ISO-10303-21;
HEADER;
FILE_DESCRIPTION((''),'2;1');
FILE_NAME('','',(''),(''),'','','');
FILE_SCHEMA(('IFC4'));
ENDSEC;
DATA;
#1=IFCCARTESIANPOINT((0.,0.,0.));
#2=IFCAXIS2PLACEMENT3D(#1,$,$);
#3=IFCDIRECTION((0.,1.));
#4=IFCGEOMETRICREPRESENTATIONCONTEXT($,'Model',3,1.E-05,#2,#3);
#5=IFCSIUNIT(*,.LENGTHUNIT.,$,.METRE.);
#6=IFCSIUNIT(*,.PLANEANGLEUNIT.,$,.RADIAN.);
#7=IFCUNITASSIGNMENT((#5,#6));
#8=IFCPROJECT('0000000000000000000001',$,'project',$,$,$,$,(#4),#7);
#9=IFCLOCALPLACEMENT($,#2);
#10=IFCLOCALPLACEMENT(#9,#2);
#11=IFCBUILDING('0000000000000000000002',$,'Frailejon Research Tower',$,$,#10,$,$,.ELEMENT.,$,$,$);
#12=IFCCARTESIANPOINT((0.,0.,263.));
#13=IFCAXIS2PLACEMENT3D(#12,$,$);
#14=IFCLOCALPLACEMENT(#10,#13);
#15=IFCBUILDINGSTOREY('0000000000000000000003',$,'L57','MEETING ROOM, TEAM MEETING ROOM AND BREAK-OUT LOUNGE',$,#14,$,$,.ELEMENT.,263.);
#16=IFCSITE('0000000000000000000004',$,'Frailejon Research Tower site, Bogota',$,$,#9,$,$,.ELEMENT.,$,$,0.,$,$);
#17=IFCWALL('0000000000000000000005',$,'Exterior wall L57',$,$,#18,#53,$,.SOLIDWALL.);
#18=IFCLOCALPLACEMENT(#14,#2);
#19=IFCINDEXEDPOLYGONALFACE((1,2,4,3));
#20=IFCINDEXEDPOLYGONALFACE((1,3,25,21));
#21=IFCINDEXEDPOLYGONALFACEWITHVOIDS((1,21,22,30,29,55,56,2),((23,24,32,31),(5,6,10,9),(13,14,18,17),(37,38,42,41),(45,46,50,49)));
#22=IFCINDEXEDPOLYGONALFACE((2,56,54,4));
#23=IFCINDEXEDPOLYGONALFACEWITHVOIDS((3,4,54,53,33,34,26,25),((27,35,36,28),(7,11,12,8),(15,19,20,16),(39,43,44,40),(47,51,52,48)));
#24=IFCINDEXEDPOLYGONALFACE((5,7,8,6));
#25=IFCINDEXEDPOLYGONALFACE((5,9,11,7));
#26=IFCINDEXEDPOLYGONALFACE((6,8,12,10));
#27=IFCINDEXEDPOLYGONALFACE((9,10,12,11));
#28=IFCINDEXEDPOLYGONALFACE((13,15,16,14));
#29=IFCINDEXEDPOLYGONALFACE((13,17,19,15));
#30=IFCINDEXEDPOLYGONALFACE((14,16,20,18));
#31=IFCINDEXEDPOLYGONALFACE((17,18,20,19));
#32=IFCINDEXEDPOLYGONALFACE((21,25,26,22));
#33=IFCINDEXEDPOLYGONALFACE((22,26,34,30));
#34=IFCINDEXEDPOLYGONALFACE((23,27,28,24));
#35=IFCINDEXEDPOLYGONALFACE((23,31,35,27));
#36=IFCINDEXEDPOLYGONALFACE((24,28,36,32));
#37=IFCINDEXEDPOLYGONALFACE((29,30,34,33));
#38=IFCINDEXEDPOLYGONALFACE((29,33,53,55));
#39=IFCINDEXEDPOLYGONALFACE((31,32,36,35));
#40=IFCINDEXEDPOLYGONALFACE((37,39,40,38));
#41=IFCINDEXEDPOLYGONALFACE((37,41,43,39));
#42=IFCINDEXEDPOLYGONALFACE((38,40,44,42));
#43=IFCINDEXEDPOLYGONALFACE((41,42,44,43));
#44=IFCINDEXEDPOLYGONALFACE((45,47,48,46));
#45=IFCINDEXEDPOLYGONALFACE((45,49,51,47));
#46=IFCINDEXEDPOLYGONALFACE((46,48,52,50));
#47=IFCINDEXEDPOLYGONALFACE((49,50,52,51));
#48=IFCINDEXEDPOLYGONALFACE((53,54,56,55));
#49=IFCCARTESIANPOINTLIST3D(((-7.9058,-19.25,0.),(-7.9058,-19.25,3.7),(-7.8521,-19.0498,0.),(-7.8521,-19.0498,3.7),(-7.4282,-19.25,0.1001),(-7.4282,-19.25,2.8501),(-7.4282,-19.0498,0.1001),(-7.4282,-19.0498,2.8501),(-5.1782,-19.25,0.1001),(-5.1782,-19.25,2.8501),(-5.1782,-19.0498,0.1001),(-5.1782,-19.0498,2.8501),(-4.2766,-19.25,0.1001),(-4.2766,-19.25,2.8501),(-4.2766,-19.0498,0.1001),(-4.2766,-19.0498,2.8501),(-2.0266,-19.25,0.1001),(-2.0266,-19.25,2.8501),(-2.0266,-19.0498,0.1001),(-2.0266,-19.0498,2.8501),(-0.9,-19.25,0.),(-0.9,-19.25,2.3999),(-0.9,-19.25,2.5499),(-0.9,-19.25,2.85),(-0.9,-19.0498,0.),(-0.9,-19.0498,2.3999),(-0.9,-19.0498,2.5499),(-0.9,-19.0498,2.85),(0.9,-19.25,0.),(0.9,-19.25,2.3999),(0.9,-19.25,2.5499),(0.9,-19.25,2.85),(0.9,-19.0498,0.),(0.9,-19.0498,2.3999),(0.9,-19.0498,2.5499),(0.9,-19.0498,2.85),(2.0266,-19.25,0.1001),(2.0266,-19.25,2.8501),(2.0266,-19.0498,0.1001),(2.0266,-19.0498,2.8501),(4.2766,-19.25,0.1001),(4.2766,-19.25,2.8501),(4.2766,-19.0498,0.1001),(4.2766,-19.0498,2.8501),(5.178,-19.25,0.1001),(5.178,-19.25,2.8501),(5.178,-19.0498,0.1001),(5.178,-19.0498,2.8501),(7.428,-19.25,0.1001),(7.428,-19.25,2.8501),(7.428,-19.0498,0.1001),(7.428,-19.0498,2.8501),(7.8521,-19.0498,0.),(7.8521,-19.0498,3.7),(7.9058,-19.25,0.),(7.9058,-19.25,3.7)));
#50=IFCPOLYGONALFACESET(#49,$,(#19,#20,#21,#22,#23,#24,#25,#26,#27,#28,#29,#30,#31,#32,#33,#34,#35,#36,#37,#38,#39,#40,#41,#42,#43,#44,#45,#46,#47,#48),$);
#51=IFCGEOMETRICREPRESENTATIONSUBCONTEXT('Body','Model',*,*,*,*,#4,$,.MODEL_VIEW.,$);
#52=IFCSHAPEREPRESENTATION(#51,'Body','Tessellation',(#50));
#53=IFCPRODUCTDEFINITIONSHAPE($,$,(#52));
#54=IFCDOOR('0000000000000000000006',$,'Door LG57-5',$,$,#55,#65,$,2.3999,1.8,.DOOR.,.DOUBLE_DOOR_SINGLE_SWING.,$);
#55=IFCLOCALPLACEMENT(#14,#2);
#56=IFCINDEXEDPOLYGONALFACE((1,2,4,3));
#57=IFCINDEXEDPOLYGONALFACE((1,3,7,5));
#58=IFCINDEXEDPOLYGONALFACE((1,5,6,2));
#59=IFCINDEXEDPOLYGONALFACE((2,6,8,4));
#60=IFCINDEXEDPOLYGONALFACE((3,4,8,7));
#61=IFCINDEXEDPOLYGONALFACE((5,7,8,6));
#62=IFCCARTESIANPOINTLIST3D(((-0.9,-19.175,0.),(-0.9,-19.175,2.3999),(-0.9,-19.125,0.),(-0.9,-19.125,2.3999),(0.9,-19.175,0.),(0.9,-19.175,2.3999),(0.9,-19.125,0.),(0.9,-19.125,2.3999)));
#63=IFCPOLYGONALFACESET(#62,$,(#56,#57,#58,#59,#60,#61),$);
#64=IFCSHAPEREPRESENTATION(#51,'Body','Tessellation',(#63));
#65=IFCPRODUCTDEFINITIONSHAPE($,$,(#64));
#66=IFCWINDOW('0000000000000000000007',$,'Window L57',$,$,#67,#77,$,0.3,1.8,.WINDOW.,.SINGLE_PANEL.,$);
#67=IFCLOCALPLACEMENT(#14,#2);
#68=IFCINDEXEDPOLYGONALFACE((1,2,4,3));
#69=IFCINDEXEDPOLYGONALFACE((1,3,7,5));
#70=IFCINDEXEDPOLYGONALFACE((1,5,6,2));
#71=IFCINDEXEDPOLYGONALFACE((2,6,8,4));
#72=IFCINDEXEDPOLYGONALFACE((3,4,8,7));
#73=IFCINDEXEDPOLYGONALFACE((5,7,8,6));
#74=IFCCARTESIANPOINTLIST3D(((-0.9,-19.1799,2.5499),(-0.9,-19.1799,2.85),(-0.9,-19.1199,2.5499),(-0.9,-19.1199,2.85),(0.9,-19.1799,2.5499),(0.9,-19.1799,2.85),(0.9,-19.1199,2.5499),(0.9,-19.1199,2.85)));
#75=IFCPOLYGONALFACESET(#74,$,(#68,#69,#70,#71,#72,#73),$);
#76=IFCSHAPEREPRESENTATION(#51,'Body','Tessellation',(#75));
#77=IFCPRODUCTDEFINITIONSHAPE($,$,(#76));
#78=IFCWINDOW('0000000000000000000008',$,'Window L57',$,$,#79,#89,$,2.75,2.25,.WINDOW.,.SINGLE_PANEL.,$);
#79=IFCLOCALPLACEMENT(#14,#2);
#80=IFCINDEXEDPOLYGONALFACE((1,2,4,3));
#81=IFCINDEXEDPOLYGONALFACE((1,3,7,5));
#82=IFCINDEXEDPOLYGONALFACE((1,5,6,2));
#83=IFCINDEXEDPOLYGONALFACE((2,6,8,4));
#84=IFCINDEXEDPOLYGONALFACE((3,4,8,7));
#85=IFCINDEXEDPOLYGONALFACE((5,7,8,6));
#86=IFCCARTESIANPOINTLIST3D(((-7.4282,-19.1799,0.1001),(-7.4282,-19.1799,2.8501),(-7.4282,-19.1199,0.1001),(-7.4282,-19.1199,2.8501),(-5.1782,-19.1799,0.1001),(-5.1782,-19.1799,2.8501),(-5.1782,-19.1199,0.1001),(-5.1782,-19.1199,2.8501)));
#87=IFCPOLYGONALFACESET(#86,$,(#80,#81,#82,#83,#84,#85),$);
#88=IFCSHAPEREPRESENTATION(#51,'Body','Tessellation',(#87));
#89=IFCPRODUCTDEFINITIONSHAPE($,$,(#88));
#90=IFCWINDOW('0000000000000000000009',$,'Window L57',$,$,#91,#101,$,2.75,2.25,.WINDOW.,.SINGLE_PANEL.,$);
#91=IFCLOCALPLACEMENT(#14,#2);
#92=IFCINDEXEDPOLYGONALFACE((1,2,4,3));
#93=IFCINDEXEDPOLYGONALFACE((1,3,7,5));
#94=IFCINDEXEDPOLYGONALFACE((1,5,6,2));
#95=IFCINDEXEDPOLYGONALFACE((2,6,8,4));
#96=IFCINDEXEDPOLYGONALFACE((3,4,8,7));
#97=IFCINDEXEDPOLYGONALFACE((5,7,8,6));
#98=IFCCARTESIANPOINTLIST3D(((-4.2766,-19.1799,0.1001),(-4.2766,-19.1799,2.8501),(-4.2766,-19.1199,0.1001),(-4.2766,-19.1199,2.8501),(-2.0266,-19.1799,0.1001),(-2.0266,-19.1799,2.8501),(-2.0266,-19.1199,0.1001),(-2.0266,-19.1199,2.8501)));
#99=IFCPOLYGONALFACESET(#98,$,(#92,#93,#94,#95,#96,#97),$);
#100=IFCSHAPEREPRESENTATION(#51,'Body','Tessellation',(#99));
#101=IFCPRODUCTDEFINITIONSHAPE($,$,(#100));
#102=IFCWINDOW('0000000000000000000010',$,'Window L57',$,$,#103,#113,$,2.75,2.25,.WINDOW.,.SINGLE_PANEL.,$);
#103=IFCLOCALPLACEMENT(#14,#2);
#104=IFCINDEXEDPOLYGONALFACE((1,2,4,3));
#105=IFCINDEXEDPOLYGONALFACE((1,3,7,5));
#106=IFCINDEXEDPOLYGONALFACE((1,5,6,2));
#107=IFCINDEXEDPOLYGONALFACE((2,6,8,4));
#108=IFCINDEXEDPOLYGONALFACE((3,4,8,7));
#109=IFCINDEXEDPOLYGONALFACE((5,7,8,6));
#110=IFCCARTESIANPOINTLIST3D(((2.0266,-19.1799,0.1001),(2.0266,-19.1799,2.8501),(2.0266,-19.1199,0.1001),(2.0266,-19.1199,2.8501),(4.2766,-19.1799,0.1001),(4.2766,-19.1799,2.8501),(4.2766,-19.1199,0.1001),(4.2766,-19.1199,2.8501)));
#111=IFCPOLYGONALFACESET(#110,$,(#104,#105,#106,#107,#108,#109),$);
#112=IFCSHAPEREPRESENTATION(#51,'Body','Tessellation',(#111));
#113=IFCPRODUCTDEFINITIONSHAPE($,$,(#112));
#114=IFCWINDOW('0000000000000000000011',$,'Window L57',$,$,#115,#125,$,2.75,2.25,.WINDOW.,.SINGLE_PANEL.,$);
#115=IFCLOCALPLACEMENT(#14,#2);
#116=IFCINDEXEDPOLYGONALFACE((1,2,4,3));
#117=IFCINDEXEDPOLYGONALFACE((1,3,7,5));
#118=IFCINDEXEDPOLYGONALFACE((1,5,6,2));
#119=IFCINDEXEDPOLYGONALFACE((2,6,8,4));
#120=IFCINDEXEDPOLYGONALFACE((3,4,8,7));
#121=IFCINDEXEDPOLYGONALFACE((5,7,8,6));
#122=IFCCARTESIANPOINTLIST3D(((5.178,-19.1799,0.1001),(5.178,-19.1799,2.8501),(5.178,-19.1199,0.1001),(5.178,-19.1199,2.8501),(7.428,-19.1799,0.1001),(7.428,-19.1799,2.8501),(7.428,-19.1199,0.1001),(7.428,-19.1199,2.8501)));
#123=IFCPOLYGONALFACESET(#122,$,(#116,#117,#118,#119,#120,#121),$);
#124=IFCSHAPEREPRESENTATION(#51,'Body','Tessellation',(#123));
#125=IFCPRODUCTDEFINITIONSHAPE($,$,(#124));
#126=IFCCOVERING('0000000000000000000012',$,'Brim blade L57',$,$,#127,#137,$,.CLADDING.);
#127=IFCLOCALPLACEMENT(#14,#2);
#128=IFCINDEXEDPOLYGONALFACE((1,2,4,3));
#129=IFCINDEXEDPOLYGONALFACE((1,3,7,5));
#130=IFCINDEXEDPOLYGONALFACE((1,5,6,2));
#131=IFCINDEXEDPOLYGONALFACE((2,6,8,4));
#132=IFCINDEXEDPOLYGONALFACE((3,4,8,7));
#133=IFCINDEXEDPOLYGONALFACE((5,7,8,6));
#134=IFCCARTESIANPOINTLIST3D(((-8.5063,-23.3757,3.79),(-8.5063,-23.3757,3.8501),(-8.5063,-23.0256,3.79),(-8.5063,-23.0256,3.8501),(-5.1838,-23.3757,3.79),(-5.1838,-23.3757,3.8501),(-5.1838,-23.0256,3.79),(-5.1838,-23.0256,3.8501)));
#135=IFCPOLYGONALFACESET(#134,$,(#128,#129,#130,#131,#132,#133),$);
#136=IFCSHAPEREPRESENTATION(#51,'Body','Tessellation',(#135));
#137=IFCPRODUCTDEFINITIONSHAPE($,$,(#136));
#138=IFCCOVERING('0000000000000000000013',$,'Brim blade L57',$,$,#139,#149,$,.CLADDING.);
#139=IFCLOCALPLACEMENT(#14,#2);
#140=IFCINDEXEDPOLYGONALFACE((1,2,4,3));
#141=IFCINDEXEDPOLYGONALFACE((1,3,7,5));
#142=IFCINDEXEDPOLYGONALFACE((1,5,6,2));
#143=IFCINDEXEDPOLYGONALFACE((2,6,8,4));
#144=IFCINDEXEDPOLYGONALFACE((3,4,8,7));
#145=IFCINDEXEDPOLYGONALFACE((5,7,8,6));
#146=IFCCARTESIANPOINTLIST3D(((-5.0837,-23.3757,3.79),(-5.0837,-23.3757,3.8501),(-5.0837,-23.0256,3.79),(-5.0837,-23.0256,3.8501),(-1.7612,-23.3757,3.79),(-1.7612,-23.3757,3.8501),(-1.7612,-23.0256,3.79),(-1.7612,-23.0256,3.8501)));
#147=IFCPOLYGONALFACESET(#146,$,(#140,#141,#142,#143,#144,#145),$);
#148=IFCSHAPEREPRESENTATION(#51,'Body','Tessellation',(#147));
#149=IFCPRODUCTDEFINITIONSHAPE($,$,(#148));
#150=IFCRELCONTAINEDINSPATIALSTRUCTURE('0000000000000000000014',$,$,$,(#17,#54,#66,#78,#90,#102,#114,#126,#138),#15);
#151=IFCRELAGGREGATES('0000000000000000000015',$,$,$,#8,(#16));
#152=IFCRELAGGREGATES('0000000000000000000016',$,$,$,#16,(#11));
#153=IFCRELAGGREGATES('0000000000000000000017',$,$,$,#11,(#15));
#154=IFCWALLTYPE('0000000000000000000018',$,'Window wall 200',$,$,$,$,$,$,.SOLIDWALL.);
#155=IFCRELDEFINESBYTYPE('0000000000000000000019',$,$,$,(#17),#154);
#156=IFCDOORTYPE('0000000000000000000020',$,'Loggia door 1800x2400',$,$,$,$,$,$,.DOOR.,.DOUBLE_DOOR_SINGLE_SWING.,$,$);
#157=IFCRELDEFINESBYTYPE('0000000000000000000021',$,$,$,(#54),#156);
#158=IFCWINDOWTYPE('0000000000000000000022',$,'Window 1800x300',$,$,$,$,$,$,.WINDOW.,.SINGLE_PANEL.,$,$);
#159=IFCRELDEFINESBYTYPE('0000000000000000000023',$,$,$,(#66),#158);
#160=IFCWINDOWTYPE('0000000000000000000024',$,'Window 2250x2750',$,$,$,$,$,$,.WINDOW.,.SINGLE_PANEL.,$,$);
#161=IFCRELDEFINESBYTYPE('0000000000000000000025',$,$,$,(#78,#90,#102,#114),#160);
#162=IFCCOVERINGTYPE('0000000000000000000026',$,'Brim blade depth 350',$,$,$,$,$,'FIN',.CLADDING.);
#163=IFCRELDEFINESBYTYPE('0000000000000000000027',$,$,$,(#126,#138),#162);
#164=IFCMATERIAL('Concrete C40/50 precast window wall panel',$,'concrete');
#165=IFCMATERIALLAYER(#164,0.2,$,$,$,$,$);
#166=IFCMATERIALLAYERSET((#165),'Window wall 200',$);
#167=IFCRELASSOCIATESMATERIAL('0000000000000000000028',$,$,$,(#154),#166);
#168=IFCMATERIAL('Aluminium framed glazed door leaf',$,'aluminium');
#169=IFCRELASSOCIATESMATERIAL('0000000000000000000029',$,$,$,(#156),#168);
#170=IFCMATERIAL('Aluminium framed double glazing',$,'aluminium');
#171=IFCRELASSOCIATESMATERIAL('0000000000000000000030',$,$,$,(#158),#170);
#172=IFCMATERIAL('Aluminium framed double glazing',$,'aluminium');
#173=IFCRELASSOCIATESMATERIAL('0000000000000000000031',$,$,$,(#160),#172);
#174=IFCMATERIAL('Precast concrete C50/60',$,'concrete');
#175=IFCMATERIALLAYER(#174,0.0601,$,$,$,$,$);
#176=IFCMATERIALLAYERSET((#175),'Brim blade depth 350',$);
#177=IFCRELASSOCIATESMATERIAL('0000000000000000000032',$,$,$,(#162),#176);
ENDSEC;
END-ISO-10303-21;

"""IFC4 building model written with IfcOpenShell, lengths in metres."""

from ifc_helpers import new_model, si_unit, direction, frame, frame_2d, origin, place, context, subcontext, project, spatial, polyline, rectangle, outline, extrude, material, layer, layer_set, type_object, element, fill, save


model = new_model("IFC4")

# Units and contexts
model_context = context("Model", 3, precision=1e-05, world=origin(), true_north=direction((0.0, 1.0)))
body_context = subcontext(model_context, "Body", "Model", "MODEL_VIEW")
ifc_project = project(units=[si_unit("LENGTHUNIT", "METRE"), si_unit("PLANEANGLEUNIT", "RADIAN")], contexts=[model_context])

# Site, building, storey
site_placement = place(None, origin())
site = spatial("IfcSite", under=ifc_project, at=site_placement, Name="Frailejon Research Tower site, Bogota", CompositionType="ELEMENT", RefElevation=0.0)
building_placement = place(site_placement, origin())
building = spatial("IfcBuilding", under=site, at=building_placement, Name="Frailejon Research Tower", CompositionType="ELEMENT")
storey_placement = place(building_placement, frame((0.0, 0.0, 263.0)))
storey = spatial("IfcBuildingStorey", under=building, at=storey_placement, Name="L57", Description="MEETING ROOM, TEAM MEETING ROOM AND BREAK-OUT LOUNGE", CompositionType="ELEMENT", Elevation=263.0)

# Wall, openings, door, windows
ifc_material_1 = material(Name="Concrete C40/50 precast window wall panel", Category="concrete")
ifc_layer_1 = layer(ifc_material_1, 0.2)
ifc_layer_set_1 = layer_set([ifc_layer_1], Name="Window wall 200")
wall_type = type_object("IfcWallType", Name="Window wall 200", PredefinedType="SOLIDWALL", material=ifc_layer_set_1)
wall_placement = place(storey_placement, frame((-7.8789, -19.1499, 0.0), z_axis=(0.0, 0.0, 1.0), x_axis=(1.0, 0.0, 0.0)))
wall = element("IfcWall", 1, at=wall_placement, inside=storey, type_object=wall_type, Name="Exterior wall L57", PredefinedType="SOLIDWALL", context=body_context, shape_type="SweptSolid", body=[
    extrude(outline(polyline([(-0.0269, -0.1001), (1.0273, -0.1001), (2.0813, -0.1001), (3.1355, -0.1001), (4.1895, -0.1001), (5.2437, -0.1001), (6.2979, -0.1001), (7.3518, -0.1001), (8.406, -0.1001), (9.46, -0.1001), (10.5142, -0.1001), (11.5684, -0.1001), (12.6223, -0.1001), (13.6765, -0.1001), (14.7305, -0.1001), (15.7847, -0.1001), (15.731, 0.1001), (14.6841, 0.1001), (13.637, 0.1001), (12.5901, 0.1001), (11.5432, 0.1001), (10.4963, 0.1001), (9.4492, 0.1001), (8.4023, 0.1001), (7.3555, 0.1001), (6.3086, 0.1001), (5.2615, 0.1001), (4.2146, 0.1001), (3.1677, 0.1001), (2.1208, 0.1001), (1.0737, 0.1001), (0.0269, 0.1001), (-0.0269, -0.1001)])), origin(), (0.0, 0.0, 1.0), 3.7),
])
opening_1_placement = place(wall_placement, frame((0.4507, 0.0, 0.1001)))
opening_1 = element("IfcOpeningElement", 2, at=opening_1_placement, cuts=wall, PredefinedType="OPENING", context=body_context, shape_type="SweptSolid", body=[
    extrude(rectangle(XDim=2.25, YDim=2.75, at=frame_2d((1.125, 1.375))), frame((0.0, 0.1099, 0.0), z_axis=(0.0, -1.0, 0.0), x_axis=(1.0, 0.0, 0.0)), (0.0, 0.0, 1.0), 0.22),
])
opening_2_placement = place(wall_placement, frame((3.6023, 0.0, 0.1001)))
opening_2 = element("IfcOpeningElement", 3, at=opening_2_placement, cuts=wall, PredefinedType="OPENING", context=body_context, shape_type="SweptSolid", body=[
    extrude(rectangle(XDim=2.25, YDim=2.75, at=frame_2d((1.125, 1.375))), frame((0.0, 0.1099, 0.0), z_axis=(0.0, -1.0, 0.0), x_axis=(1.0, 0.0, 0.0)), (0.0, 0.0, 1.0), 0.22),
])
opening_3_placement = place(wall_placement, frame((6.979, 0.0, 0.0)))
opening_3 = element("IfcOpeningElement", 4, at=opening_3_placement, cuts=wall, PredefinedType="OPENING", context=body_context, shape_type="SweptSolid", body=[
    extrude(rectangle(XDim=1.8, YDim=2.3999, at=frame_2d((0.8999, 1.2))), frame((0.0, 0.1099, 0.0), z_axis=(0.0, -1.0, 0.0), x_axis=(1.0, 0.0, 0.0)), (0.0, 0.0, 1.0), 0.22),
])
opening_4_placement = place(wall_placement, frame((6.979, 0.0, 2.55)))
opening_4 = element("IfcOpeningElement", 5, at=opening_4_placement, cuts=wall, PredefinedType="OPENING", context=body_context, shape_type="SweptSolid", body=[
    extrude(rectangle(XDim=1.8, YDim=0.3, at=frame_2d((0.8999, 0.1499))), frame((0.0, 0.1099, 0.0), z_axis=(0.0, -1.0, 0.0), x_axis=(1.0, 0.0, 0.0)), (0.0, 0.0, 1.0), 0.22),
])
opening_5_placement = place(wall_placement, frame((9.9055, 0.0, 0.1001)))
opening_5 = element("IfcOpeningElement", 6, at=opening_5_placement, cuts=wall, PredefinedType="OPENING", context=body_context, shape_type="SweptSolid", body=[
    extrude(rectangle(XDim=2.25, YDim=2.75, at=frame_2d((1.125, 1.375))), frame((0.0, 0.1099, 0.0), z_axis=(0.0, -1.0, 0.0), x_axis=(1.0, 0.0, 0.0)), (0.0, 0.0, 1.0), 0.22),
])
opening_6_placement = place(wall_placement, frame((13.0569, 0.0, 0.1001)))
opening_6 = element("IfcOpeningElement", 7, at=opening_6_placement, cuts=wall, PredefinedType="OPENING", context=body_context, shape_type="SweptSolid", body=[
    extrude(rectangle(XDim=2.25, YDim=2.75, at=frame_2d((1.125, 1.375))), frame((0.0, 0.1099, 0.0), z_axis=(0.0, -1.0, 0.0), x_axis=(1.0, 0.0, 0.0)), (0.0, 0.0, 1.0), 0.22),
])
ifc_material_2 = material(Name="Aluminium framed glazed door leaf", Category="aluminium")
door_type = type_object("IfcDoorType", Name="Loggia door 1800x2400", OperationType="DOUBLE_DOOR_SINGLE_SWING", PredefinedType="DOOR", material=ifc_material_2)
door_placement = place(opening_3_placement, origin())
door = element("IfcDoor", 8, at=door_placement, inside=storey, type_object=door_type, Name="Door LG57-5", OperationType="DOUBLE_DOOR_SINGLE_SWING", OverallHeight=2.3999, OverallWidth=1.8, PredefinedType="DOOR", context=body_context, shape_type="SweptSolid", body=[
    extrude(rectangle(XDim=1.8, YDim=2.3999, at=frame_2d((0.8999, 1.2))), frame((0.0, 0.0249, 0.0), z_axis=(0.0, -1.0, 0.0), x_axis=(1.0, 0.0, 0.0)), (0.0, 0.0, 1.0), 0.05),
])
fill(opening_3, door)
ifc_material_3 = material(Name="Aluminium framed double glazing", Category="aluminium")
window_type_1 = type_object("IfcWindowType", Name="Window 1800x300", PartitioningType="SINGLE_PANEL", PredefinedType="WINDOW", material=ifc_material_3)
window_1_placement = place(opening_4_placement, origin())
window_1 = element("IfcWindow", 9, at=window_1_placement, inside=storey, type_object=window_type_1, Name="Window L57", OverallHeight=0.3, OverallWidth=1.8, PartitioningType="SINGLE_PANEL", PredefinedType="WINDOW", context=body_context, shape_type="SweptSolid", body=[
    extrude(rectangle(XDim=1.8, YDim=0.3, at=frame_2d((0.8999, 0.1499))), frame((0.0, 0.03, 0.0), z_axis=(0.0, -1.0, 0.0), x_axis=(1.0, 0.0, 0.0)), (0.0, 0.0, 1.0), 0.0601),
])
fill(opening_4, window_1)
ifc_material_4 = material(Name="Aluminium framed double glazing", Category="aluminium")
window_type_2 = type_object("IfcWindowType", Name="Window 2250x2750", PartitioningType="SINGLE_PANEL", PredefinedType="WINDOW", material=ifc_material_4)
window_2_placement = place(opening_1_placement, origin())
window_2 = element("IfcWindow", 10, at=window_2_placement, inside=storey, type_object=window_type_2, Name="Window L57", OverallHeight=2.75, OverallWidth=2.25, PartitioningType="SINGLE_PANEL", PredefinedType="WINDOW", context=body_context, shape_type="SweptSolid", body=[
    extrude(rectangle(XDim=2.25, YDim=2.75, at=frame_2d((1.125, 1.375))), frame((0.0, 0.03, 0.0), z_axis=(0.0, -1.0, 0.0), x_axis=(1.0, 0.0, 0.0)), (0.0, 0.0, 1.0), 0.0601),
])
fill(opening_1, window_2)
window_3_placement = place(opening_2_placement, origin())
window_3 = element("IfcWindow", 11, at=window_3_placement, inside=storey, type_object=window_type_2, Name="Window L57", OverallHeight=2.75, OverallWidth=2.25, PartitioningType="SINGLE_PANEL", PredefinedType="WINDOW", context=body_context, shape_type="SweptSolid", body=[
    extrude(rectangle(XDim=2.25, YDim=2.75, at=frame_2d((1.125, 1.375))), frame((0.0, 0.03, 0.0), z_axis=(0.0, -1.0, 0.0), x_axis=(1.0, 0.0, 0.0)), (0.0, 0.0, 1.0), 0.0601),
])
fill(opening_2, window_3)
window_4_placement = place(opening_5_placement, origin())
window_4 = element("IfcWindow", 12, at=window_4_placement, inside=storey, type_object=window_type_2, Name="Window L57", OverallHeight=2.75, OverallWidth=2.25, PartitioningType="SINGLE_PANEL", PredefinedType="WINDOW", context=body_context, shape_type="SweptSolid", body=[
    extrude(rectangle(XDim=2.25, YDim=2.75, at=frame_2d((1.125, 1.375))), frame((0.0, 0.03, 0.0), z_axis=(0.0, -1.0, 0.0), x_axis=(1.0, 0.0, 0.0)), (0.0, 0.0, 1.0), 0.0601),
])
fill(opening_5, window_4)
window_5_placement = place(opening_6_placement, origin())
window_5 = element("IfcWindow", 13, at=window_5_placement, inside=storey, type_object=window_type_2, Name="Window L57", OverallHeight=2.75, OverallWidth=2.25, PartitioningType="SINGLE_PANEL", PredefinedType="WINDOW", context=body_context, shape_type="SweptSolid", body=[
    extrude(rectangle(XDim=2.25, YDim=2.75, at=frame_2d((1.125, 1.375))), frame((0.0, 0.03, 0.0), z_axis=(0.0, -1.0, 0.0), x_axis=(1.0, 0.0, 0.0)), (0.0, 0.0, 1.0), 0.0601),
])
fill(opening_6, window_5)

# Coverings
ifc_material_5 = material(Name="Precast concrete C50/60", Category="concrete")
ifc_layer_2 = layer(ifc_material_5, 0.0601)
ifc_layer_set_2 = layer_set([ifc_layer_2], Name="Brim blade depth 350")
covering_type_1 = type_object("IfcCoveringType", Name="Brim blade depth 350", ElementType="FIN", PredefinedType="CLADDING", material=ifc_layer_set_2)
for number, where, z_axis, x_axis, name in (
    (14, (-5.1838, -23.0256, 3.8501), (-1.0, 0.0, 0.0), (0.0, -1.0, 0.0), "Brim blade L57"),
    (15, (-1.7612, -23.0256, 3.8501), (-1.0, 0.0, 0.0), (0.0, -1.0, 0.0), "Brim blade L57"),
):
    element("IfcCovering", number, at=place(storey_placement, frame(where, z_axis=z_axis, x_axis=x_axis)), inside=storey, type_object=covering_type_1, Name=name, PredefinedType="CLADDING", context=body_context, shape_type="SweptSolid", body=[
        extrude(outline(polyline([(0.0, -0.0601), (0.3501, -0.0601), (0.3501, 0.0), (0.0, 0.0), (0.0, -0.0601)])), origin(), (0.0, 0.0, 1.0), 3.3225),
    ])

save(model, "model.ifc")
